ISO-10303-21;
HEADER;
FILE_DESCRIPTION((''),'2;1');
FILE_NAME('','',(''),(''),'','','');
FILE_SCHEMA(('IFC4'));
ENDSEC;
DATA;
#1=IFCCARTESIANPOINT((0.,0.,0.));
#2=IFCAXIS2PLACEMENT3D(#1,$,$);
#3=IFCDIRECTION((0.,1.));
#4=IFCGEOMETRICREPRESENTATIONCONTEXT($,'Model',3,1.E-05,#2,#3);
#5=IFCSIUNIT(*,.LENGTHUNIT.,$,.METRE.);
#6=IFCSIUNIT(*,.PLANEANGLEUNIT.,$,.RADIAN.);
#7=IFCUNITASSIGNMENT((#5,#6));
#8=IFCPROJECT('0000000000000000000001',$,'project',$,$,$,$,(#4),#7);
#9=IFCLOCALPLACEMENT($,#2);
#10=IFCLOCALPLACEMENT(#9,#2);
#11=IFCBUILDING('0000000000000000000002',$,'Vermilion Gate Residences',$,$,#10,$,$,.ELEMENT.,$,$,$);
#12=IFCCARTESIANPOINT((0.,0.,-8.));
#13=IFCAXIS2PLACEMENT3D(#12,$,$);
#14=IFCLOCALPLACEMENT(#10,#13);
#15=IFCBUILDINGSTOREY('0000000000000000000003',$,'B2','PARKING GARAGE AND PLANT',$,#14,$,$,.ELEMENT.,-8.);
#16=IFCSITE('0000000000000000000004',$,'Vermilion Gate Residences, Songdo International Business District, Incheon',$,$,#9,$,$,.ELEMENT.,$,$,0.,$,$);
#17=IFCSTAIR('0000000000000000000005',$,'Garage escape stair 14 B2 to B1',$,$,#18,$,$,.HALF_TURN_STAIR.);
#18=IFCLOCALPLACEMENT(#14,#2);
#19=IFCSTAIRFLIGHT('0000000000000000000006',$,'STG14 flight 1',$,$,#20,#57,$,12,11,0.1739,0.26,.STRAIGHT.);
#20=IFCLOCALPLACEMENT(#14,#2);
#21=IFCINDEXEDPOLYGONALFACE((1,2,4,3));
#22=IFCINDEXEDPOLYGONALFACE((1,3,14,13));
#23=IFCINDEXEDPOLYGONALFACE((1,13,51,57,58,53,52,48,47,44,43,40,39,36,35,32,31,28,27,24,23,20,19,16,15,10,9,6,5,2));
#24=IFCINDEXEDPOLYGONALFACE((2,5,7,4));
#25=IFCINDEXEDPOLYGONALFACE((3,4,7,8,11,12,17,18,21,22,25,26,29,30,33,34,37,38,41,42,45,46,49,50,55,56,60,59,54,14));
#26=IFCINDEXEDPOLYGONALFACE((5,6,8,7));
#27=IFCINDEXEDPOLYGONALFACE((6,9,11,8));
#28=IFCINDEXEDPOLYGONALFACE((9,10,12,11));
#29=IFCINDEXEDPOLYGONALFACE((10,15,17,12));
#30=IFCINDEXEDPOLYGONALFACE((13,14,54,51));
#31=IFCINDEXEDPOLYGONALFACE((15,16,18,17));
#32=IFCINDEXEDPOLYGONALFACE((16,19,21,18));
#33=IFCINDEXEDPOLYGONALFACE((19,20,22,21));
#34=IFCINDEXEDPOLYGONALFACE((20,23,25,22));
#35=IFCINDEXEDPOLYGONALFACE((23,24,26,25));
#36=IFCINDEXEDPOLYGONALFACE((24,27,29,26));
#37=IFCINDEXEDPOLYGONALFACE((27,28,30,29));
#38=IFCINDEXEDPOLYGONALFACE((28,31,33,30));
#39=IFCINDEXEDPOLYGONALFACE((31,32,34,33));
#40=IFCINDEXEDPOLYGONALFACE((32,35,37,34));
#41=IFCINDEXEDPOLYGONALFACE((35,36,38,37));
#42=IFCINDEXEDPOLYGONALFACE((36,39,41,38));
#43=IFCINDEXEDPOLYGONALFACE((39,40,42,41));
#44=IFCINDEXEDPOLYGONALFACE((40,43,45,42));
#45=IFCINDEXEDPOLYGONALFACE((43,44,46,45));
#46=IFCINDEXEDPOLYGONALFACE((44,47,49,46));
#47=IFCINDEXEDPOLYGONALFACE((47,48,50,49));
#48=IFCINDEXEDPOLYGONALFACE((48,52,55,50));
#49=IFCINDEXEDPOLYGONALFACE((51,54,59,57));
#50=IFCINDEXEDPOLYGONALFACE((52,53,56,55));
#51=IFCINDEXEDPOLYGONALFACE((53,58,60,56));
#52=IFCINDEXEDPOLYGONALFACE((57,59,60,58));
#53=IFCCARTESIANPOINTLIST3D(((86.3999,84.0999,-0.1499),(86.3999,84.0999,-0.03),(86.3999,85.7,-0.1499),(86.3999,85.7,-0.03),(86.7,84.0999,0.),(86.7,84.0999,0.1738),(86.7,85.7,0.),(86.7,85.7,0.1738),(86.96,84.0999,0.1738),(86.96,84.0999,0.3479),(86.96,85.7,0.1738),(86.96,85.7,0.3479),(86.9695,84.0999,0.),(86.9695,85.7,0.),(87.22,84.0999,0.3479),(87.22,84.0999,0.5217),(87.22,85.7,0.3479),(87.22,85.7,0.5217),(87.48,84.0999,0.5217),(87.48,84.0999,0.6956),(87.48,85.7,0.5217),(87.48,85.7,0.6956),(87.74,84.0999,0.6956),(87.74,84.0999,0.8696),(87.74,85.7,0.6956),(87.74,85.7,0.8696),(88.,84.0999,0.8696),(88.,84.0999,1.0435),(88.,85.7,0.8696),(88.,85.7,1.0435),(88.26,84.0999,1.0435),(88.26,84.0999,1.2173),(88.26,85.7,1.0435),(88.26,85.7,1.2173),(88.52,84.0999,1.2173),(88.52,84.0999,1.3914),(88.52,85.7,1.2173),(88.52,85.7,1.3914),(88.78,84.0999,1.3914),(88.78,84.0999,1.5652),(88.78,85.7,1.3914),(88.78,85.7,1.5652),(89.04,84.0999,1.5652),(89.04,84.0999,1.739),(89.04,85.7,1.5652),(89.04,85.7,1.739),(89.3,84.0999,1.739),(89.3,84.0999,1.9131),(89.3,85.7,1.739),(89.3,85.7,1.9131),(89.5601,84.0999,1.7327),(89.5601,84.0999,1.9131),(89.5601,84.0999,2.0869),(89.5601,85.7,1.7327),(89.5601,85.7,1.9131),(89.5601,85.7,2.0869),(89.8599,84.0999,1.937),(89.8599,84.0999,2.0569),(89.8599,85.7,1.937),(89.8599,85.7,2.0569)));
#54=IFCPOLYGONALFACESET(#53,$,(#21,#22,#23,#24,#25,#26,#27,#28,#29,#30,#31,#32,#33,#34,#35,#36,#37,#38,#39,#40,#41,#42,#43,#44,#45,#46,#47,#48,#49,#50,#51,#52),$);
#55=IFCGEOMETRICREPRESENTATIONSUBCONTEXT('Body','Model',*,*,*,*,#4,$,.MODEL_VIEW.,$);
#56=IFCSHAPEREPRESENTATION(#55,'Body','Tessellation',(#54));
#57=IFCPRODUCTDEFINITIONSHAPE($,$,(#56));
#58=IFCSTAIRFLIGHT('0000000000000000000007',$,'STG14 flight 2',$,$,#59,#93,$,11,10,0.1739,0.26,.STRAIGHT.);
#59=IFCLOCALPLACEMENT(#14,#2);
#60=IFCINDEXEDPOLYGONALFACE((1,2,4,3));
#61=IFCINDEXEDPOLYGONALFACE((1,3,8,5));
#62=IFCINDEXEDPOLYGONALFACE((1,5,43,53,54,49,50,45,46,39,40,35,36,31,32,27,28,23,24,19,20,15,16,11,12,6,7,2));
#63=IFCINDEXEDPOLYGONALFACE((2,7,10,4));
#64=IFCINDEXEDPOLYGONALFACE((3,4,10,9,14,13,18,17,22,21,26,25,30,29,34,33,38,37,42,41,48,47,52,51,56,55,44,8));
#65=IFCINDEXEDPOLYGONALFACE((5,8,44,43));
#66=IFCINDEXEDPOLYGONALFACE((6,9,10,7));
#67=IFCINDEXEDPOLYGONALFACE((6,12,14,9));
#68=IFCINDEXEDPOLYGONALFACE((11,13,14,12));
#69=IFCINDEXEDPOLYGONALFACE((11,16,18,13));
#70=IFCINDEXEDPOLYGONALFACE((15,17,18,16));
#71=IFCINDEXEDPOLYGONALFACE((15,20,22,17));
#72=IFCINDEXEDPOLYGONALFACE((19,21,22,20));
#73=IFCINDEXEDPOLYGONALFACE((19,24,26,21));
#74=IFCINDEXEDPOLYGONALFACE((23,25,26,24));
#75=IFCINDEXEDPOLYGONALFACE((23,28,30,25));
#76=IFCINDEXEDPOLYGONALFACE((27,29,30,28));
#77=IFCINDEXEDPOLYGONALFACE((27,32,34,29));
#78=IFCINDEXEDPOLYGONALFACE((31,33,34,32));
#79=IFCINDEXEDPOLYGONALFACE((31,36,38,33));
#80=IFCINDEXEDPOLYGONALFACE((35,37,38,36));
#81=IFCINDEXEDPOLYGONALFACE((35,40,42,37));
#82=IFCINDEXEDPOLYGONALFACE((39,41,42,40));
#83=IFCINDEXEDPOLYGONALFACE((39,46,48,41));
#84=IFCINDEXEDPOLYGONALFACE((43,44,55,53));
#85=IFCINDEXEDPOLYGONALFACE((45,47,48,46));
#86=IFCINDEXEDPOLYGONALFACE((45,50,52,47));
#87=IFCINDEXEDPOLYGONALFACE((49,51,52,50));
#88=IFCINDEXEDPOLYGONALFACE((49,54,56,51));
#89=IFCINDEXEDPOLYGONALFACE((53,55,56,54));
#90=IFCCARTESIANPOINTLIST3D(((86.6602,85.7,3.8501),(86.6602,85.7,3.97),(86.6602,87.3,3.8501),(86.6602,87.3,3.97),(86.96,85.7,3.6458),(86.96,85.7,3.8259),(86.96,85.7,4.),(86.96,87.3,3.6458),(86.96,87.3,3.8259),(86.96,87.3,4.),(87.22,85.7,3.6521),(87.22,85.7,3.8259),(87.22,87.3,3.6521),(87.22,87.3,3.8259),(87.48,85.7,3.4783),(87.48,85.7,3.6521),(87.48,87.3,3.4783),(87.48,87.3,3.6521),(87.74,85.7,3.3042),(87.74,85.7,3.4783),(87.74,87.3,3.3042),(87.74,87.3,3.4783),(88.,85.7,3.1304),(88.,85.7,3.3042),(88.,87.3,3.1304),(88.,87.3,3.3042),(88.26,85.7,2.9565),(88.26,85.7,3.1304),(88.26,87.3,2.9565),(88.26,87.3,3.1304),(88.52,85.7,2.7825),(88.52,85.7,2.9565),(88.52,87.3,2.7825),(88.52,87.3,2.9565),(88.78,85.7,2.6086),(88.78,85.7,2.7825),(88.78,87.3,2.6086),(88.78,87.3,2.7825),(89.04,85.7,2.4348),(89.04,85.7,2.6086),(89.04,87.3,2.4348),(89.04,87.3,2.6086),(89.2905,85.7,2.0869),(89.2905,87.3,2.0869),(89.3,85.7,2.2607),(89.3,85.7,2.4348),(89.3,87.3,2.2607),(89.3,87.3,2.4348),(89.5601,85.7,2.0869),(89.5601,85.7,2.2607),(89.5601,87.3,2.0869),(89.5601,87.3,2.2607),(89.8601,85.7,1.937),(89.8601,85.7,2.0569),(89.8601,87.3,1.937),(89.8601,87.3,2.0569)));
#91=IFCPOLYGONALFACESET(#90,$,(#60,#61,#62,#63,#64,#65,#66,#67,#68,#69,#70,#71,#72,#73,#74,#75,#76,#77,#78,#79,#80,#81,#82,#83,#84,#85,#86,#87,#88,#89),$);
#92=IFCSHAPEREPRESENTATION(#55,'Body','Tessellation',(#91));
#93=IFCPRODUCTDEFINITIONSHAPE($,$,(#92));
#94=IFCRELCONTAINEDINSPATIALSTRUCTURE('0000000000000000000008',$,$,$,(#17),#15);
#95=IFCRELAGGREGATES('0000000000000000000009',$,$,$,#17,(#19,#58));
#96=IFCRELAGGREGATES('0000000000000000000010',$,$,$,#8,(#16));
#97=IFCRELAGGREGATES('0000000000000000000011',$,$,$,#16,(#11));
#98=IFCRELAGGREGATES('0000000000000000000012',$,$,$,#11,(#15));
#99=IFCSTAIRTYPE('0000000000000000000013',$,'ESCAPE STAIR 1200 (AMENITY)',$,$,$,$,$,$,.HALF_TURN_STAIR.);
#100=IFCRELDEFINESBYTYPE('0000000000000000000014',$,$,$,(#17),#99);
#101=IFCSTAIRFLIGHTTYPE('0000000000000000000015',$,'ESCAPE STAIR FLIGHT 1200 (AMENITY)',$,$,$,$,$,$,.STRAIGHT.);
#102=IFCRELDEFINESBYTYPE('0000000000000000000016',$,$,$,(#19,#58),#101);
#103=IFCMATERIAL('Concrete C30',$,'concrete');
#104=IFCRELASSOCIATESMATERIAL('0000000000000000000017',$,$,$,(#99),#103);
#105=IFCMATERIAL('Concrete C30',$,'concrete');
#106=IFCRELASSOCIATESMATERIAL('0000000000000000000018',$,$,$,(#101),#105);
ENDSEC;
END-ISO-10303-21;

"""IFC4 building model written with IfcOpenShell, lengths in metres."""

from ifc_helpers import new_model, si_unit, direction, frame, origin, place, context, subcontext, project, spatial, polyline, outline, extrude, material, type_object, element, aggregate, save


model = new_model("IFC4")

# Units and contexts
model_context = context("Model", 3, precision=1e-05, world=origin(), true_north=direction((0.0, 1.0)))
body_context = subcontext(model_context, "Body", "Model", "MODEL_VIEW")
ifc_project = project(units=[si_unit("LENGTHUNIT", "METRE"), si_unit("PLANEANGLEUNIT", "RADIAN")], contexts=[model_context])

# Site, building, storey
site_placement = place(None, origin())
site = spatial("IfcSite", under=ifc_project, at=site_placement, Name="Vermilion Gate Residences, Songdo International Business District, Incheon", CompositionType="ELEMENT", RefElevation=0.0)
building_placement = place(site_placement, origin())
building = spatial("IfcBuilding", under=site, at=building_placement, Name="Vermilion Gate Residences", CompositionType="ELEMENT")
storey_placement = place(building_placement, frame((0.0, 0.0, -8.0)))
storey = spatial("IfcBuildingStorey", under=building, at=storey_placement, Name="B2", Description="PARKING GARAGE AND PLANT", CompositionType="ELEMENT", Elevation=-8.0)

# Stair, stair flights
ifc_material_1 = material(Name="Concrete C30", Category="concrete")
stair_type = type_object("IfcStairType", Name="ESCAPE STAIR 1200 (AMENITY)", PredefinedType="HALF_TURN_STAIR", material=ifc_material_1)
stair_placement = place(storey_placement, origin())
stair = element("IfcStair", 1, at=stair_placement, inside=storey, type_object=stair_type, Name="Garage escape stair 14 B2 to B1", PredefinedType="HALF_TURN_STAIR")
ifc_material_2 = material(Name="Concrete C30", Category="concrete")
stair_flight_type = type_object("IfcStairFlightType", Name="ESCAPE STAIR FLIGHT 1200 (AMENITY)", PredefinedType="STRAIGHT", material=ifc_material_2)
stair_flight_1_placement = place(storey_placement, frame((86.7, 84.8999, 0.0), z_axis=(0.0, 0.0, 1.0), x_axis=(1.0, 0.0, 0.0)))
stair_flight_1 = element("IfcStairFlight", 2, at=stair_flight_1_placement, type_object=stair_flight_type, Name="STG14 flight 1", NumberOfRisers=12, NumberOfTreads=11, PredefinedType="STRAIGHT", RiserHeight=0.1739, TreadLength=0.26, context=body_context, shape_type="SweptSolid", body=[
    extrude(outline(polyline([(-0.3, -0.1499), (-0.3, -0.03), (0.0, 0.0), (0.0, 0.1738), (0.26, 0.1738), (0.26, 0.3479), (0.52, 0.3479), (0.52, 0.5217), (0.78, 0.5217), (0.78, 0.6956), (1.04, 0.6956), (1.04, 0.8696), (1.3, 0.8696), (1.3, 1.0435), (1.5601, 1.0435), (1.5601, 1.2173), (1.8201, 1.2173), (1.8201, 1.3914), (2.0801, 1.3914), (2.0801, 1.5652), (2.3401, 1.5652), (2.3401, 1.739), (2.6001, 1.739), (2.6001, 1.9131), (2.8601, 1.9131), (2.8601, 2.0869), (3.1599, 2.0569), (3.1599, 1.937), (2.8601, 1.7327), (0.2695, 0.0), (-0.3, -0.1499)])), frame((0.0, 0.8, 0.0), z_axis=(0.0, -1.0, 0.0), x_axis=(1.0, 0.0, 0.0)), (0.0, 0.0, 1.0), 1.6001),
])
stair_flight_2_placement = place(storey_placement, frame((89.5601, 86.5, 2.0869), z_axis=(0.0, 0.0, 1.0), x_axis=(-1.0, 0.0, 0.0)))
stair_flight_2 = element("IfcStairFlight", 3, at=stair_flight_2_placement, type_object=stair_flight_type, Name="STG14 flight 2", NumberOfRisers=11, NumberOfTreads=10, PredefinedType="STRAIGHT", RiserHeight=0.1739, TreadLength=0.26, context=body_context, shape_type="SweptSolid", body=[
    extrude(outline(polyline([(-0.3, -0.1499), (-0.3, -0.03), (0.0, 0.0), (0.0, 0.1738), (0.26, 0.1738), (0.26, 0.3479), (0.52, 0.3479), (0.52, 0.5217), (0.78, 0.5217), (0.78, 0.6956), (1.04, 0.6956), (1.04, 0.8696), (1.3, 0.8696), (1.3, 1.0435), (1.5601, 1.0435), (1.5601, 1.2173), (1.8201, 1.2173), (1.8201, 1.3914), (2.0801, 1.3914), (2.0801, 1.5652), (2.3401, 1.5652), (2.3401, 1.739), (2.6001, 1.739), (2.6001, 1.9131), (2.8999, 1.8831), (2.8999, 1.7632), (2.6001, 1.5588), (0.2695, 0.0), (-0.3, -0.1499)])), frame((0.0, 0.8, 0.0), z_axis=(0.0, -1.0, 0.0), x_axis=(1.0, 0.0, 0.0)), (0.0, 0.0, 1.0), 1.6001),
])
aggregate(stair, [stair_flight_1, stair_flight_2])

save(model, "model.ifc")
